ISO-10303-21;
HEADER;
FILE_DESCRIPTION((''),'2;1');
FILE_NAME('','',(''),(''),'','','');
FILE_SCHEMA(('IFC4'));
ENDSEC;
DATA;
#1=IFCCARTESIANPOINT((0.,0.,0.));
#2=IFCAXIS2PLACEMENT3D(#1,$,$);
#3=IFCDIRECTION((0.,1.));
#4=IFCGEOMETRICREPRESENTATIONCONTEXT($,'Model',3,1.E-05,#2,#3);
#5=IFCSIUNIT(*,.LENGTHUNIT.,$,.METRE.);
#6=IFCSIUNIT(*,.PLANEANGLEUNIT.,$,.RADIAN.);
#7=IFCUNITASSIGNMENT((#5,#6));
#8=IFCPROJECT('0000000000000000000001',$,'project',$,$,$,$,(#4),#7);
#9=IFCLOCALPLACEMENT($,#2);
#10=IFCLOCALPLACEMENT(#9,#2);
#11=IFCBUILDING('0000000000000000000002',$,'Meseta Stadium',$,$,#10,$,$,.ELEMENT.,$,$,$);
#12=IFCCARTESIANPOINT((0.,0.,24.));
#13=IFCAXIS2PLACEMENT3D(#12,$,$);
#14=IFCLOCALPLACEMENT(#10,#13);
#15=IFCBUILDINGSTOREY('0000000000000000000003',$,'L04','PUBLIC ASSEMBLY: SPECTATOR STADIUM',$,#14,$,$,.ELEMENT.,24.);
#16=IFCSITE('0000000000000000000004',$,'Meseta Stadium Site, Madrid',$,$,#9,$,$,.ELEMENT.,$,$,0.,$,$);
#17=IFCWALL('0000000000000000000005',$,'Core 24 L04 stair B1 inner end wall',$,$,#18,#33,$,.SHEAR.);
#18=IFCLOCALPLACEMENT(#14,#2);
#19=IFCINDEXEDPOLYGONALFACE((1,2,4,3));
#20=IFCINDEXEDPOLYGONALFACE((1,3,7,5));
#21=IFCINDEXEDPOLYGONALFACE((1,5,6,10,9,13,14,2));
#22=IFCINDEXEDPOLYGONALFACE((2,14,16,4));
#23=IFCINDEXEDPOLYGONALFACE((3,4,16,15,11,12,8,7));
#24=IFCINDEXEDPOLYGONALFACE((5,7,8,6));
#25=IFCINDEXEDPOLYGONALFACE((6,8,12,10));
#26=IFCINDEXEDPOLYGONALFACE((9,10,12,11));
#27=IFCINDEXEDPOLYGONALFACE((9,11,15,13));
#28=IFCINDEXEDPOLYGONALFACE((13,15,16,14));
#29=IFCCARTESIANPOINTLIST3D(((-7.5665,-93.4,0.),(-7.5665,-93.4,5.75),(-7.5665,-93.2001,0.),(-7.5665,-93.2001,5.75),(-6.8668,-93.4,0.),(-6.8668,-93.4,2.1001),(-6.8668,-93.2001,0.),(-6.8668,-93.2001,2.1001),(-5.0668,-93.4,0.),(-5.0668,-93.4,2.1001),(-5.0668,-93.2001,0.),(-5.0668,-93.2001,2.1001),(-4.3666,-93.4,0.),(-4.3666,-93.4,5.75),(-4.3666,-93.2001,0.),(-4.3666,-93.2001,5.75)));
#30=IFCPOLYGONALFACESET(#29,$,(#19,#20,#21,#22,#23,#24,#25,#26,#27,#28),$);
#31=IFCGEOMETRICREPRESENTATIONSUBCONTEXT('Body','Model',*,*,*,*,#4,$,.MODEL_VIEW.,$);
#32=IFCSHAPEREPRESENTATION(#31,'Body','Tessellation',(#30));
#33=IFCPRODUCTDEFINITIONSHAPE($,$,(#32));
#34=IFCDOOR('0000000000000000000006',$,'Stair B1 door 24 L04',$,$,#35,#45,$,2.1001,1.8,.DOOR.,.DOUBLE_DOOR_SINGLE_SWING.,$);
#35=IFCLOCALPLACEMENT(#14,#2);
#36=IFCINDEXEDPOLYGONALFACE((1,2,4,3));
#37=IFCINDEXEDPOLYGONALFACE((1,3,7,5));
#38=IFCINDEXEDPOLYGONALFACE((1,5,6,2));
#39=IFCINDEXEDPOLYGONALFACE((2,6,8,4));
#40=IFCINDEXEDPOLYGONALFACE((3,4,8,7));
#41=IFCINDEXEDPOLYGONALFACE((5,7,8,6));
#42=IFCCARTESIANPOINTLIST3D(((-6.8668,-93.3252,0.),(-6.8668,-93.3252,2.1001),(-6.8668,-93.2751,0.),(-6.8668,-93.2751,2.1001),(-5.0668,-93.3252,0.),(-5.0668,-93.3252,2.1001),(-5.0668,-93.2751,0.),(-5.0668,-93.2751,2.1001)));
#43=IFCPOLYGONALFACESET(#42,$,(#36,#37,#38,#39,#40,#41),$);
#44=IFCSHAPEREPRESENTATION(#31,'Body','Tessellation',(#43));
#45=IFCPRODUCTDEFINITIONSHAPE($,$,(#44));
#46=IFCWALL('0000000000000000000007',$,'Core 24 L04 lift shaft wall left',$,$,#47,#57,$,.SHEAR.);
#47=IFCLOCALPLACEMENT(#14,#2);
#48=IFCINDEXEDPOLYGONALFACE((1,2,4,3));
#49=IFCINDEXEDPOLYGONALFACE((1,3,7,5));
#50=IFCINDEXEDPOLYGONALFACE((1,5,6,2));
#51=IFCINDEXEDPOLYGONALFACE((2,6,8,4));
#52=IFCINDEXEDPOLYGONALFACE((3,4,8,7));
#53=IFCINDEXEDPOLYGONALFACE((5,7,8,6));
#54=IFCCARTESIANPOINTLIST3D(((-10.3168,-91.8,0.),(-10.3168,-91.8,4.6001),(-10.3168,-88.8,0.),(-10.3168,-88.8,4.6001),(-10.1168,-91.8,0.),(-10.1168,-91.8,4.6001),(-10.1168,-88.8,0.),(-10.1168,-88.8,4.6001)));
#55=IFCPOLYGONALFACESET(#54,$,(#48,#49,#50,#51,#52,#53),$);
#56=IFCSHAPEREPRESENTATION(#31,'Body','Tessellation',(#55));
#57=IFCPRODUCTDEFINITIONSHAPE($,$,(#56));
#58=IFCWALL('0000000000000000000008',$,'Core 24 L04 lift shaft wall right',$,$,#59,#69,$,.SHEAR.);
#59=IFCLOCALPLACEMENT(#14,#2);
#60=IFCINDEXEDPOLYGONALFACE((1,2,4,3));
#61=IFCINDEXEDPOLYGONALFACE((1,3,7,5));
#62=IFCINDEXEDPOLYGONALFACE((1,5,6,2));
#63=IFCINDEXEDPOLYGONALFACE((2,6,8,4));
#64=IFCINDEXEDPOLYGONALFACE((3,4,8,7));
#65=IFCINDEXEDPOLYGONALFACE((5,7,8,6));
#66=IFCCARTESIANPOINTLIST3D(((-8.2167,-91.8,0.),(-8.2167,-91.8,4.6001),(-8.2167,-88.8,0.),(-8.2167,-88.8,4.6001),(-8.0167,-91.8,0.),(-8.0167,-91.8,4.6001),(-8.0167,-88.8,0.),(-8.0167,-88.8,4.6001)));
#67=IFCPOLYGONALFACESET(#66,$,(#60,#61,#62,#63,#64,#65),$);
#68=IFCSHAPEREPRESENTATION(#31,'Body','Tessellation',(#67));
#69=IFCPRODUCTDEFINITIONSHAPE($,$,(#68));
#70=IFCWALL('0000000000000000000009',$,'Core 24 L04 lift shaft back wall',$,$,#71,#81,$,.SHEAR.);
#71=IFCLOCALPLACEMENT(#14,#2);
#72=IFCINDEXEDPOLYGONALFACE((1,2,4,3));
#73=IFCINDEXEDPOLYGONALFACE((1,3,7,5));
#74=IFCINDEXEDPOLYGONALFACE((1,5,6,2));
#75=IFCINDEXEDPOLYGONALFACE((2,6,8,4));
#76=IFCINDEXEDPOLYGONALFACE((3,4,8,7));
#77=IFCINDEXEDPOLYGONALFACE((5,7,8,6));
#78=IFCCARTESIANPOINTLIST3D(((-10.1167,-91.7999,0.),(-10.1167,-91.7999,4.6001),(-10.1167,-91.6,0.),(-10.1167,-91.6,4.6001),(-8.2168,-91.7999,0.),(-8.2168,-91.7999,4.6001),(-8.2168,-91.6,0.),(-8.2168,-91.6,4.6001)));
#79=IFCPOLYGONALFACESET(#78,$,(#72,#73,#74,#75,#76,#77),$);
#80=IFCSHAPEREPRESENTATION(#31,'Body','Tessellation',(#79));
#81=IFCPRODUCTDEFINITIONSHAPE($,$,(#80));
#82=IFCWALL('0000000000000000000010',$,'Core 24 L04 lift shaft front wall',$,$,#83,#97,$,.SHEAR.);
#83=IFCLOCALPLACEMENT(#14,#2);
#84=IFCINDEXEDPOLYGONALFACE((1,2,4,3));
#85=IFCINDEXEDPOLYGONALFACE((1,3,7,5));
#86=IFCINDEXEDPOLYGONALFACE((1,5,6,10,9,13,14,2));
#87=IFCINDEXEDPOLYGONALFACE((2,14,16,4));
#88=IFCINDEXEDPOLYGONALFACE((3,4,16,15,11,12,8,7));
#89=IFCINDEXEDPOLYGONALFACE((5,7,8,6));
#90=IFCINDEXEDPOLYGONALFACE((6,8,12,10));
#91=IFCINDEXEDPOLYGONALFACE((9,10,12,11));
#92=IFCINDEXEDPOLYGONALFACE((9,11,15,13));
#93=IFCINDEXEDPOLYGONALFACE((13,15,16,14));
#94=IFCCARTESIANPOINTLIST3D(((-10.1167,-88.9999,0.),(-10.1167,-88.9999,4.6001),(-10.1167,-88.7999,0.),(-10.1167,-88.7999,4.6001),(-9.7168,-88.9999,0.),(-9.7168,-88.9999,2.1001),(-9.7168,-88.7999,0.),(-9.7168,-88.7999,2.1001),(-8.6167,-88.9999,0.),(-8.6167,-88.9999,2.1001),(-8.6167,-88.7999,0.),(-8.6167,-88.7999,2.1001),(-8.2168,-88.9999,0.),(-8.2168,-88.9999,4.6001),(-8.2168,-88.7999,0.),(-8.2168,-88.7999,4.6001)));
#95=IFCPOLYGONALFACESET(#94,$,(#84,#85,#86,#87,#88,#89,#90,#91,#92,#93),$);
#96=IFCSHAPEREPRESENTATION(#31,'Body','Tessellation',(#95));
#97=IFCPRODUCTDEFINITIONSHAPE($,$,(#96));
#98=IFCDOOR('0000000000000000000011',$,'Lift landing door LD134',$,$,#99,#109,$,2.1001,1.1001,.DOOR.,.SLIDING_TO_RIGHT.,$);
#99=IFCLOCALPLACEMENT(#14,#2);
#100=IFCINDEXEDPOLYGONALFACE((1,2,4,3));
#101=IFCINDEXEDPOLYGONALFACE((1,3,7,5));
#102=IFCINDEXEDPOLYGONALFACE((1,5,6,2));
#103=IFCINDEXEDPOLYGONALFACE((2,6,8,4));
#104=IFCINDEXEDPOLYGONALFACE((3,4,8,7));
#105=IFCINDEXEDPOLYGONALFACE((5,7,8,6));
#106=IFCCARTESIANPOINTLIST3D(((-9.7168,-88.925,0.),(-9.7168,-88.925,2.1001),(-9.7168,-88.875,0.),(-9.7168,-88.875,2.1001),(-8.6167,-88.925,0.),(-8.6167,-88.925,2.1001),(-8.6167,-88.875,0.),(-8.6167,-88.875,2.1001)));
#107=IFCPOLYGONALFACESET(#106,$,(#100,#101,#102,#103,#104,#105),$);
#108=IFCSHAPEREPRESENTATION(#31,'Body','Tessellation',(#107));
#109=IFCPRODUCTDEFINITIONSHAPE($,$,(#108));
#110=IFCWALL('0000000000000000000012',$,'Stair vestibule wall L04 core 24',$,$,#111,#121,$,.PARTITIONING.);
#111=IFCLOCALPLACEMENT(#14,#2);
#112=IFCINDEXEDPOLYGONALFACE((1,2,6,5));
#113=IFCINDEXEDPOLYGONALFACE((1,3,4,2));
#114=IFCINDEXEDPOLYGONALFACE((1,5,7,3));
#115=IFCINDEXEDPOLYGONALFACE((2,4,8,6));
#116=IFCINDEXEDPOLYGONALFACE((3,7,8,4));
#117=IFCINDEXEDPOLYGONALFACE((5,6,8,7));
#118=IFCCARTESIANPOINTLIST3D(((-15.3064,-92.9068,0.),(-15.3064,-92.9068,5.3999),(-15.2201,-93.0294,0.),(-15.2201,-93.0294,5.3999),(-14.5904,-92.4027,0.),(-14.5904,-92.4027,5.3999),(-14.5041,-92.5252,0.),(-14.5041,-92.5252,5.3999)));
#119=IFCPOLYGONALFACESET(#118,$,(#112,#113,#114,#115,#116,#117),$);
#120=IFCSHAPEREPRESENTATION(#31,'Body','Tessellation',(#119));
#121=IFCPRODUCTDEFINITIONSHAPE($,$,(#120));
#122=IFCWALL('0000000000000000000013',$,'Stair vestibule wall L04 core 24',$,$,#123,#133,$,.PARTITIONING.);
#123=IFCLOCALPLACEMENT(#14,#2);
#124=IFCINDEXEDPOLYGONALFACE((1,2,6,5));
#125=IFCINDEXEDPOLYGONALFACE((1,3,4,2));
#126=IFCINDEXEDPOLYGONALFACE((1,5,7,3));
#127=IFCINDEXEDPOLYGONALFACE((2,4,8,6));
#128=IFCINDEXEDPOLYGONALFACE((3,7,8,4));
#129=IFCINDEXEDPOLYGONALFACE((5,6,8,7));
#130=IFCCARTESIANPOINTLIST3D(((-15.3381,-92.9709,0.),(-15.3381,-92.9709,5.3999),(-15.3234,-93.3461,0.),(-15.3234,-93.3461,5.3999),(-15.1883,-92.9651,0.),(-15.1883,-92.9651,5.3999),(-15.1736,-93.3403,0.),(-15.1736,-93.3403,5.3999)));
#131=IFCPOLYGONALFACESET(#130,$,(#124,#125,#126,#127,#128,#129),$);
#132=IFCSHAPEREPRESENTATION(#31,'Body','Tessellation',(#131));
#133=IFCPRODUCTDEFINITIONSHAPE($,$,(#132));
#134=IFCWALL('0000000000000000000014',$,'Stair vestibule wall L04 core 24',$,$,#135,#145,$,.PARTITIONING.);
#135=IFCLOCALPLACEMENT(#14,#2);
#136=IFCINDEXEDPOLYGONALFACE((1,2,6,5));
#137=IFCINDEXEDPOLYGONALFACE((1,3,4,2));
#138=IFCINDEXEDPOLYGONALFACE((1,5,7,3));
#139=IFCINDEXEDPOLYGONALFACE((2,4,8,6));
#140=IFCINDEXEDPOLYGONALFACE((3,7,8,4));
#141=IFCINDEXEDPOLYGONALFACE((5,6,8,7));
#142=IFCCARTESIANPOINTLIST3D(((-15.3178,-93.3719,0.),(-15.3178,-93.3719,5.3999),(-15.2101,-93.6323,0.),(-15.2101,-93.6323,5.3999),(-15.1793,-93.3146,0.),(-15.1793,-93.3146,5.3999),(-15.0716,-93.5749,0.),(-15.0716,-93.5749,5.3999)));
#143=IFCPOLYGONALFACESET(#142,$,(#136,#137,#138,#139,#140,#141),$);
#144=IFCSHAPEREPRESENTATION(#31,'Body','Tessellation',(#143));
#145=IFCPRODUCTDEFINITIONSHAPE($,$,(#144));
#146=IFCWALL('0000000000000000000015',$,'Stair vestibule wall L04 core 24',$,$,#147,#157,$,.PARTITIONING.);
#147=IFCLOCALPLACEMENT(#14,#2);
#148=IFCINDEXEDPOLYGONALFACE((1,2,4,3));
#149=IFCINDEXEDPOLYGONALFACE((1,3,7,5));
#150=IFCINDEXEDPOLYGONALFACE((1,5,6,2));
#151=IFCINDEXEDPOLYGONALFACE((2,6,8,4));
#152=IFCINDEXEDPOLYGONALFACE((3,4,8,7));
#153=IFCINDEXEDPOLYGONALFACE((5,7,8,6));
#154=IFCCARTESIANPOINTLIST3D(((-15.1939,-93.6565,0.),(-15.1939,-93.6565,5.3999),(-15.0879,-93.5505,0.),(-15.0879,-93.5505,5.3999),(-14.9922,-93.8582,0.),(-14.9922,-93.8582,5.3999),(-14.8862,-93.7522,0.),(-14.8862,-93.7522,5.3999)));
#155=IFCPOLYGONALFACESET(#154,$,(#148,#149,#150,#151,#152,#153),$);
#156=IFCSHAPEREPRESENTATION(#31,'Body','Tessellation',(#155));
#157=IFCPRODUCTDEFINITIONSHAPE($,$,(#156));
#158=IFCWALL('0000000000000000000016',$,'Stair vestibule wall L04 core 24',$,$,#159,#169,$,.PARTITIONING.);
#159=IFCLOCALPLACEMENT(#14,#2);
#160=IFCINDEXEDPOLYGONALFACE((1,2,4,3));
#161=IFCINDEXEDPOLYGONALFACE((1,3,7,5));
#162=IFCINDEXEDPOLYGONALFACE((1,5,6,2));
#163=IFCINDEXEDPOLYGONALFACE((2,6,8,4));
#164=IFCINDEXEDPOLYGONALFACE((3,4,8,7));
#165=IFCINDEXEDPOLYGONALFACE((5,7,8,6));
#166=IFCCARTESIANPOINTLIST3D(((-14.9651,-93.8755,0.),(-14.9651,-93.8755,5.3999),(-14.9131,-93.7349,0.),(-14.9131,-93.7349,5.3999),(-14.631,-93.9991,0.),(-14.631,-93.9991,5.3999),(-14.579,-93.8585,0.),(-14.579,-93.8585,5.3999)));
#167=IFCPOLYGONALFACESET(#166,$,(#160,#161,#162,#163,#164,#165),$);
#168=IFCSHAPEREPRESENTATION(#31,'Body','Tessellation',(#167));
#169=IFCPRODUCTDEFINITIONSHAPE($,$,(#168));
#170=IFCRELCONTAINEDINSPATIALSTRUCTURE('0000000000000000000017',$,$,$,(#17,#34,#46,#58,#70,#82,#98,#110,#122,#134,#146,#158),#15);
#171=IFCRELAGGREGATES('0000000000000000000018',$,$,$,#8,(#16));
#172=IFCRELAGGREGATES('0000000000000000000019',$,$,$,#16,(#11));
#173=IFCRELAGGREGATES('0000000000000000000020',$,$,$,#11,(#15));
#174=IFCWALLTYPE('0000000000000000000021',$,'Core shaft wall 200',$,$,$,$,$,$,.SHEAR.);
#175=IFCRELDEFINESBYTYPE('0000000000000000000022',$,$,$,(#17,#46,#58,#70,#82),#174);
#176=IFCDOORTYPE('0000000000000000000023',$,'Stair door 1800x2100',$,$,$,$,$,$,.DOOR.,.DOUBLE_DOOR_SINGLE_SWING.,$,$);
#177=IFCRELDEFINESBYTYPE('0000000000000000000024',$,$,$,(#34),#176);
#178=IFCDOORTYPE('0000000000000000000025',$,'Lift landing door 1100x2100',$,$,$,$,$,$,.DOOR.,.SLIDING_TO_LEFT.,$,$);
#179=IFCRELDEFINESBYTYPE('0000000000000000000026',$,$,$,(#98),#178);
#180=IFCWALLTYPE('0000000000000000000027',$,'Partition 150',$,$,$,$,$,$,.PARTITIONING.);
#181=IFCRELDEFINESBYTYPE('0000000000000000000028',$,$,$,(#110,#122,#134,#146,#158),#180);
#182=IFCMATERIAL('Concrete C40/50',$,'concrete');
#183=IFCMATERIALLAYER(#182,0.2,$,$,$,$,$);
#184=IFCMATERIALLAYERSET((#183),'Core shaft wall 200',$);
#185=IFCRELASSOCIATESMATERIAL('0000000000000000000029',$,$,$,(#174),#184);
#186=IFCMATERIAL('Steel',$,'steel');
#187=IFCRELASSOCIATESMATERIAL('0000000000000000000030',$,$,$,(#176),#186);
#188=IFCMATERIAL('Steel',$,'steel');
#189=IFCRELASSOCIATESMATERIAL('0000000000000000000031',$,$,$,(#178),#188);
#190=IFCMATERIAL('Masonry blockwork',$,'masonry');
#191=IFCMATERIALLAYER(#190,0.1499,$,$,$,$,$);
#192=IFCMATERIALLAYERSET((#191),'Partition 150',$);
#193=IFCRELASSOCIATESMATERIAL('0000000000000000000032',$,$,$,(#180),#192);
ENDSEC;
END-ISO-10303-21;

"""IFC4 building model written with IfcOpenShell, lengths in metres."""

from ifc_helpers import new_model, si_unit, direction, frame, frame_2d, origin, place, context, subcontext, project, spatial, rectangle, extrude, material, layer, layer_set, type_object, element, fill, save


model = new_model("IFC4")

# Units and contexts
model_context = context("Model", 3, precision=1e-05, world=origin(), true_north=direction((0.0, 1.0)))
body_context = subcontext(model_context, "Body", "Model", "MODEL_VIEW")
ifc_project = project(units=[si_unit("LENGTHUNIT", "METRE"), si_unit("PLANEANGLEUNIT", "RADIAN")], contexts=[model_context])

# Site, building, storey
site_placement = place(None, origin())
site = spatial("IfcSite", under=ifc_project, at=site_placement, Name="Meseta Stadium Site, Madrid", CompositionType="ELEMENT", RefElevation=0.0)
building_placement = place(site_placement, origin())
building = spatial("IfcBuilding", under=site, at=building_placement, Name="Meseta Stadium", CompositionType="ELEMENT")
storey_placement = place(building_placement, frame((0.0, 0.0, 24.0)))
storey = spatial("IfcBuildingStorey", under=building, at=storey_placement, Name="L04", Description="PUBLIC ASSEMBLY: SPECTATOR STADIUM", CompositionType="ELEMENT", Elevation=24.0)

# Wall, opening, door
ifc_material_1 = material(Name="Concrete C40/50", Category="concrete")
ifc_layer_1 = layer(ifc_material_1, 0.2)
ifc_layer_set_1 = layer_set([ifc_layer_1], Name="Core shaft wall 200")
wall_type_1 = type_object("IfcWallType", Name="Core shaft wall 200", PredefinedType="SHEAR", material=ifc_layer_set_1)
ifc_material_2 = material(Name="Steel", Category="steel")
door_type_1 = type_object("IfcDoorType", Name="Stair door 1800x2100", OperationType="DOUBLE_DOOR_SINGLE_SWING", PredefinedType="DOOR", material=ifc_material_2)
wall_1_placement = place(storey_placement, frame((-7.5667, -93.3, 0.0), z_axis=(0.0, 0.0, 1.0), x_axis=(1.0, 0.0, 0.0)))
wall_1 = element("IfcWall", 1, at=wall_1_placement, inside=storey, type_object=wall_type_1, Name="Core 24 L04 stair B1 inner end wall", PredefinedType="SHEAR", context=body_context, shape_type="SweptSolid", body=[
    extrude(rectangle(XDim=3.2, YDim=0.2, at=frame_2d((1.6001, 0.0))), origin(), (0.0, 0.0, 1.0), 5.75),
])
opening_1_placement = place(wall_1_placement, frame((0.7, 0.0, 0.0)))
opening_1 = element("IfcOpeningElement", 2, at=opening_1_placement, cuts=wall_1, PredefinedType="OPENING", context=body_context, shape_type="SweptSolid", body=[
    extrude(rectangle(XDim=1.8, YDim=2.1001, at=frame_2d((0.8999, 1.05))), frame((0.0, 0.1099, 0.0), z_axis=(0.0, -1.0, 0.0), x_axis=(1.0, 0.0, 0.0)), (0.0, 0.0, 1.0), 0.22),
])
door_1_placement = place(opening_1_placement, origin())
door_1 = element("IfcDoor", 3, at=door_1_placement, inside=storey, type_object=door_type_1, Name="Stair B1 door 24 L04", OperationType="DOUBLE_DOOR_SINGLE_SWING", OverallHeight=2.1001, OverallWidth=1.8, PredefinedType="DOOR", context=body_context, shape_type="SweptSolid", body=[
    extrude(rectangle(XDim=1.8, YDim=2.1001, at=frame_2d((0.8999, 1.05))), frame((0.0, 0.0249, 0.0), z_axis=(0.0, -1.0, 0.0), x_axis=(1.0, 0.0, 0.0)), (0.0, 0.0, 1.0), 0.05),
])
fill(opening_1, door_1)

# Walls
for number, where, z_axis, x_axis, name in (
    (4, (-10.2168, -91.8, 0.0), (0.0, 0.0, 1.0), (0.0, 1.0, 0.0), "Core 24 L04 lift shaft wall left"),
    (5, (-8.1167, -91.8, 0.0), (0.0, 0.0, 1.0), (0.0, 1.0, 0.0), "Core 24 L04 lift shaft wall right"),
):
    element("IfcWall", number, at=place(storey_placement, frame(where, z_axis=z_axis, x_axis=x_axis)), inside=storey, type_object=wall_type_1, Name=name, PredefinedType="SHEAR", context=body_context, shape_type="SweptSolid", body=[
        extrude(rectangle(XDim=3.0, YDim=0.2, at=frame_2d((1.5, 0.0))), origin(), (0.0, 0.0, 1.0), 4.6001),
    ])
wall_2_placement = place(storey_placement, frame((-10.1167, -91.7, 0.0), z_axis=(0.0, 0.0, 1.0), x_axis=(1.0, 0.0, 0.0)))
element("IfcWall", 6, at=wall_2_placement, inside=storey, type_object=wall_type_1, Name="Core 24 L04 lift shaft back wall", PredefinedType="SHEAR", context=body_context, shape_type="SweptSolid", body=[
    extrude(rectangle(XDim=1.8999, YDim=0.2, at=frame_2d((0.95, 0.0))), origin(), (0.0, 0.0, 1.0), 4.6001),
])

# Wall, opening, door
wall_3_placement = place(storey_placement, frame((-10.1167, -88.8999, 0.0), z_axis=(0.0, 0.0, 1.0), x_axis=(1.0, 0.0, 0.0)))
wall_3 = element("IfcWall", 7, at=wall_3_placement, inside=storey, type_object=wall_type_1, Name="Core 24 L04 lift shaft front wall", PredefinedType="SHEAR", context=body_context, shape_type="SweptSolid", body=[
    extrude(rectangle(XDim=1.8999, YDim=0.2, at=frame_2d((0.95, 0.0))), origin(), (0.0, 0.0, 1.0), 4.6001),
])
opening_2_placement = place(wall_3_placement, frame((0.3999, 0.0, 0.0)))
opening_2 = element("IfcOpeningElement", 8, at=opening_2_placement, cuts=wall_3, PredefinedType="OPENING", context=body_context, shape_type="SweptSolid", body=[
    extrude(rectangle(XDim=1.1001, YDim=2.1001, at=frame_2d((0.55, 1.05))), frame((0.0, 0.1099, 0.0), z_axis=(0.0, -1.0, 0.0), x_axis=(1.0, 0.0, 0.0)), (0.0, 0.0, 1.0), 0.22),
])
ifc_material_3 = material(Name="Steel", Category="steel")
door_type_2 = type_object("IfcDoorType", Name="Lift landing door 1100x2100", OperationType="SLIDING_TO_LEFT", PredefinedType="DOOR", material=ifc_material_3)
door_2_placement = place(opening_2_placement, origin())
door_2 = element("IfcDoor", 9, at=door_2_placement, inside=storey, type_object=door_type_2, Name="Lift landing door LD134", OperationType="SLIDING_TO_RIGHT", OverallHeight=2.1001, OverallWidth=1.1001, PredefinedType="DOOR", context=body_context, shape_type="SweptSolid", body=[
    extrude(rectangle(XDim=1.1001, YDim=2.1001, at=frame_2d((0.55, 1.05))), frame((0.0, 0.0249, 0.0), z_axis=(0.0, -1.0, 0.0), x_axis=(1.0, 0.0, 0.0)), (0.0, 0.0, 1.0), 0.05),
])
fill(opening_2, door_2)

# Walls
ifc_material_4 = material(Name="Masonry blockwork", Category="masonry")
ifc_layer_2 = layer(ifc_material_4, 0.1499)
ifc_layer_set_2 = layer_set([ifc_layer_2], Name="Partition 150")
wall_type_2 = type_object("IfcWallType", Name="Partition 150", PredefinedType="PARTITIONING", material=ifc_layer_set_2)
wall_4_placement = place(storey_placement, frame((-14.5471, -92.4639, 0.0), z_axis=(0.0, 0.0, 1.0), x_axis=(-0.81767, -0.575687, 0.0)))
element("IfcWall", 10, at=wall_4_placement, inside=storey, type_object=wall_type_2, Name="Stair vestibule wall L04 core 24", PredefinedType="PARTITIONING", context=body_context, shape_type="SweptSolid", body=[
    extrude(rectangle(XDim=0.8757, YDim=0.1499, at=frame_2d((0.438, 0.0))), origin(), (0.0, 0.0, 1.0), 5.3999),
])
wall_5_placement = place(storey_placement, frame((-15.2632, -92.968, 0.0), z_axis=(0.0, 0.0, 1.0), x_axis=(0.039007, -0.999239, 0.0)))
element("IfcWall", 11, at=wall_5_placement, inside=storey, type_object=wall_type_2, Name="Stair vestibule wall L04 core 24", PredefinedType="PARTITIONING", context=body_context, shape_type="SweptSolid", body=[
    extrude(rectangle(XDim=0.3755, YDim=0.1499, at=frame_2d((0.1877, 0.0))), origin(), (0.0, 0.0, 1.0), 5.3999),
])
wall_6_placement = place(storey_placement, frame((-15.2485, -93.3433, 0.0), z_axis=(0.0, 0.0, 1.0), x_axis=(0.382275, -0.924049, 0.0)))
element("IfcWall", 12, at=wall_6_placement, inside=storey, type_object=wall_type_2, Name="Stair vestibule wall L04 core 24", PredefinedType="PARTITIONING", context=body_context, shape_type="SweptSolid", body=[
    extrude(rectangle(XDim=0.2817, YDim=0.1499, at=frame_2d((0.1409, 0.0))), origin(), (0.0, 0.0, 1.0), 5.3999),
])
wall_7_placement = place(storey_placement, frame((-15.1409, -93.6035, 0.0), z_axis=(0.0, 0.0, 1.0), x_axis=(0.707107, -0.707107, 0.0)))
element("IfcWall", 13, at=wall_7_placement, inside=storey, type_object=wall_type_2, Name="Stair vestibule wall L04 core 24", PredefinedType="PARTITIONING", context=body_context, shape_type="SweptSolid", body=[
    extrude(rectangle(XDim=0.2852, YDim=0.1499, at=frame_2d((0.1426, 0.0))), origin(), (0.0, 0.0, 1.0), 5.3999),
])
wall_8_placement = place(storey_placement, frame((-14.9392, -93.8052, 0.0), z_axis=(0.0, 0.0, 1.0), x_axis=(0.937898, -0.346912, 0.0)))
element("IfcWall", 14, at=wall_8_placement, inside=storey, type_object=wall_type_2, Name="Stair vestibule wall L04 core 24", PredefinedType="PARTITIONING", context=body_context, shape_type="SweptSolid", body=[
    extrude(rectangle(XDim=0.3562, YDim=0.1499, at=frame_2d((0.1782, 0.0))), origin(), (0.0, 0.0, 1.0), 5.3999),
])

save(model, "model.ifc")
